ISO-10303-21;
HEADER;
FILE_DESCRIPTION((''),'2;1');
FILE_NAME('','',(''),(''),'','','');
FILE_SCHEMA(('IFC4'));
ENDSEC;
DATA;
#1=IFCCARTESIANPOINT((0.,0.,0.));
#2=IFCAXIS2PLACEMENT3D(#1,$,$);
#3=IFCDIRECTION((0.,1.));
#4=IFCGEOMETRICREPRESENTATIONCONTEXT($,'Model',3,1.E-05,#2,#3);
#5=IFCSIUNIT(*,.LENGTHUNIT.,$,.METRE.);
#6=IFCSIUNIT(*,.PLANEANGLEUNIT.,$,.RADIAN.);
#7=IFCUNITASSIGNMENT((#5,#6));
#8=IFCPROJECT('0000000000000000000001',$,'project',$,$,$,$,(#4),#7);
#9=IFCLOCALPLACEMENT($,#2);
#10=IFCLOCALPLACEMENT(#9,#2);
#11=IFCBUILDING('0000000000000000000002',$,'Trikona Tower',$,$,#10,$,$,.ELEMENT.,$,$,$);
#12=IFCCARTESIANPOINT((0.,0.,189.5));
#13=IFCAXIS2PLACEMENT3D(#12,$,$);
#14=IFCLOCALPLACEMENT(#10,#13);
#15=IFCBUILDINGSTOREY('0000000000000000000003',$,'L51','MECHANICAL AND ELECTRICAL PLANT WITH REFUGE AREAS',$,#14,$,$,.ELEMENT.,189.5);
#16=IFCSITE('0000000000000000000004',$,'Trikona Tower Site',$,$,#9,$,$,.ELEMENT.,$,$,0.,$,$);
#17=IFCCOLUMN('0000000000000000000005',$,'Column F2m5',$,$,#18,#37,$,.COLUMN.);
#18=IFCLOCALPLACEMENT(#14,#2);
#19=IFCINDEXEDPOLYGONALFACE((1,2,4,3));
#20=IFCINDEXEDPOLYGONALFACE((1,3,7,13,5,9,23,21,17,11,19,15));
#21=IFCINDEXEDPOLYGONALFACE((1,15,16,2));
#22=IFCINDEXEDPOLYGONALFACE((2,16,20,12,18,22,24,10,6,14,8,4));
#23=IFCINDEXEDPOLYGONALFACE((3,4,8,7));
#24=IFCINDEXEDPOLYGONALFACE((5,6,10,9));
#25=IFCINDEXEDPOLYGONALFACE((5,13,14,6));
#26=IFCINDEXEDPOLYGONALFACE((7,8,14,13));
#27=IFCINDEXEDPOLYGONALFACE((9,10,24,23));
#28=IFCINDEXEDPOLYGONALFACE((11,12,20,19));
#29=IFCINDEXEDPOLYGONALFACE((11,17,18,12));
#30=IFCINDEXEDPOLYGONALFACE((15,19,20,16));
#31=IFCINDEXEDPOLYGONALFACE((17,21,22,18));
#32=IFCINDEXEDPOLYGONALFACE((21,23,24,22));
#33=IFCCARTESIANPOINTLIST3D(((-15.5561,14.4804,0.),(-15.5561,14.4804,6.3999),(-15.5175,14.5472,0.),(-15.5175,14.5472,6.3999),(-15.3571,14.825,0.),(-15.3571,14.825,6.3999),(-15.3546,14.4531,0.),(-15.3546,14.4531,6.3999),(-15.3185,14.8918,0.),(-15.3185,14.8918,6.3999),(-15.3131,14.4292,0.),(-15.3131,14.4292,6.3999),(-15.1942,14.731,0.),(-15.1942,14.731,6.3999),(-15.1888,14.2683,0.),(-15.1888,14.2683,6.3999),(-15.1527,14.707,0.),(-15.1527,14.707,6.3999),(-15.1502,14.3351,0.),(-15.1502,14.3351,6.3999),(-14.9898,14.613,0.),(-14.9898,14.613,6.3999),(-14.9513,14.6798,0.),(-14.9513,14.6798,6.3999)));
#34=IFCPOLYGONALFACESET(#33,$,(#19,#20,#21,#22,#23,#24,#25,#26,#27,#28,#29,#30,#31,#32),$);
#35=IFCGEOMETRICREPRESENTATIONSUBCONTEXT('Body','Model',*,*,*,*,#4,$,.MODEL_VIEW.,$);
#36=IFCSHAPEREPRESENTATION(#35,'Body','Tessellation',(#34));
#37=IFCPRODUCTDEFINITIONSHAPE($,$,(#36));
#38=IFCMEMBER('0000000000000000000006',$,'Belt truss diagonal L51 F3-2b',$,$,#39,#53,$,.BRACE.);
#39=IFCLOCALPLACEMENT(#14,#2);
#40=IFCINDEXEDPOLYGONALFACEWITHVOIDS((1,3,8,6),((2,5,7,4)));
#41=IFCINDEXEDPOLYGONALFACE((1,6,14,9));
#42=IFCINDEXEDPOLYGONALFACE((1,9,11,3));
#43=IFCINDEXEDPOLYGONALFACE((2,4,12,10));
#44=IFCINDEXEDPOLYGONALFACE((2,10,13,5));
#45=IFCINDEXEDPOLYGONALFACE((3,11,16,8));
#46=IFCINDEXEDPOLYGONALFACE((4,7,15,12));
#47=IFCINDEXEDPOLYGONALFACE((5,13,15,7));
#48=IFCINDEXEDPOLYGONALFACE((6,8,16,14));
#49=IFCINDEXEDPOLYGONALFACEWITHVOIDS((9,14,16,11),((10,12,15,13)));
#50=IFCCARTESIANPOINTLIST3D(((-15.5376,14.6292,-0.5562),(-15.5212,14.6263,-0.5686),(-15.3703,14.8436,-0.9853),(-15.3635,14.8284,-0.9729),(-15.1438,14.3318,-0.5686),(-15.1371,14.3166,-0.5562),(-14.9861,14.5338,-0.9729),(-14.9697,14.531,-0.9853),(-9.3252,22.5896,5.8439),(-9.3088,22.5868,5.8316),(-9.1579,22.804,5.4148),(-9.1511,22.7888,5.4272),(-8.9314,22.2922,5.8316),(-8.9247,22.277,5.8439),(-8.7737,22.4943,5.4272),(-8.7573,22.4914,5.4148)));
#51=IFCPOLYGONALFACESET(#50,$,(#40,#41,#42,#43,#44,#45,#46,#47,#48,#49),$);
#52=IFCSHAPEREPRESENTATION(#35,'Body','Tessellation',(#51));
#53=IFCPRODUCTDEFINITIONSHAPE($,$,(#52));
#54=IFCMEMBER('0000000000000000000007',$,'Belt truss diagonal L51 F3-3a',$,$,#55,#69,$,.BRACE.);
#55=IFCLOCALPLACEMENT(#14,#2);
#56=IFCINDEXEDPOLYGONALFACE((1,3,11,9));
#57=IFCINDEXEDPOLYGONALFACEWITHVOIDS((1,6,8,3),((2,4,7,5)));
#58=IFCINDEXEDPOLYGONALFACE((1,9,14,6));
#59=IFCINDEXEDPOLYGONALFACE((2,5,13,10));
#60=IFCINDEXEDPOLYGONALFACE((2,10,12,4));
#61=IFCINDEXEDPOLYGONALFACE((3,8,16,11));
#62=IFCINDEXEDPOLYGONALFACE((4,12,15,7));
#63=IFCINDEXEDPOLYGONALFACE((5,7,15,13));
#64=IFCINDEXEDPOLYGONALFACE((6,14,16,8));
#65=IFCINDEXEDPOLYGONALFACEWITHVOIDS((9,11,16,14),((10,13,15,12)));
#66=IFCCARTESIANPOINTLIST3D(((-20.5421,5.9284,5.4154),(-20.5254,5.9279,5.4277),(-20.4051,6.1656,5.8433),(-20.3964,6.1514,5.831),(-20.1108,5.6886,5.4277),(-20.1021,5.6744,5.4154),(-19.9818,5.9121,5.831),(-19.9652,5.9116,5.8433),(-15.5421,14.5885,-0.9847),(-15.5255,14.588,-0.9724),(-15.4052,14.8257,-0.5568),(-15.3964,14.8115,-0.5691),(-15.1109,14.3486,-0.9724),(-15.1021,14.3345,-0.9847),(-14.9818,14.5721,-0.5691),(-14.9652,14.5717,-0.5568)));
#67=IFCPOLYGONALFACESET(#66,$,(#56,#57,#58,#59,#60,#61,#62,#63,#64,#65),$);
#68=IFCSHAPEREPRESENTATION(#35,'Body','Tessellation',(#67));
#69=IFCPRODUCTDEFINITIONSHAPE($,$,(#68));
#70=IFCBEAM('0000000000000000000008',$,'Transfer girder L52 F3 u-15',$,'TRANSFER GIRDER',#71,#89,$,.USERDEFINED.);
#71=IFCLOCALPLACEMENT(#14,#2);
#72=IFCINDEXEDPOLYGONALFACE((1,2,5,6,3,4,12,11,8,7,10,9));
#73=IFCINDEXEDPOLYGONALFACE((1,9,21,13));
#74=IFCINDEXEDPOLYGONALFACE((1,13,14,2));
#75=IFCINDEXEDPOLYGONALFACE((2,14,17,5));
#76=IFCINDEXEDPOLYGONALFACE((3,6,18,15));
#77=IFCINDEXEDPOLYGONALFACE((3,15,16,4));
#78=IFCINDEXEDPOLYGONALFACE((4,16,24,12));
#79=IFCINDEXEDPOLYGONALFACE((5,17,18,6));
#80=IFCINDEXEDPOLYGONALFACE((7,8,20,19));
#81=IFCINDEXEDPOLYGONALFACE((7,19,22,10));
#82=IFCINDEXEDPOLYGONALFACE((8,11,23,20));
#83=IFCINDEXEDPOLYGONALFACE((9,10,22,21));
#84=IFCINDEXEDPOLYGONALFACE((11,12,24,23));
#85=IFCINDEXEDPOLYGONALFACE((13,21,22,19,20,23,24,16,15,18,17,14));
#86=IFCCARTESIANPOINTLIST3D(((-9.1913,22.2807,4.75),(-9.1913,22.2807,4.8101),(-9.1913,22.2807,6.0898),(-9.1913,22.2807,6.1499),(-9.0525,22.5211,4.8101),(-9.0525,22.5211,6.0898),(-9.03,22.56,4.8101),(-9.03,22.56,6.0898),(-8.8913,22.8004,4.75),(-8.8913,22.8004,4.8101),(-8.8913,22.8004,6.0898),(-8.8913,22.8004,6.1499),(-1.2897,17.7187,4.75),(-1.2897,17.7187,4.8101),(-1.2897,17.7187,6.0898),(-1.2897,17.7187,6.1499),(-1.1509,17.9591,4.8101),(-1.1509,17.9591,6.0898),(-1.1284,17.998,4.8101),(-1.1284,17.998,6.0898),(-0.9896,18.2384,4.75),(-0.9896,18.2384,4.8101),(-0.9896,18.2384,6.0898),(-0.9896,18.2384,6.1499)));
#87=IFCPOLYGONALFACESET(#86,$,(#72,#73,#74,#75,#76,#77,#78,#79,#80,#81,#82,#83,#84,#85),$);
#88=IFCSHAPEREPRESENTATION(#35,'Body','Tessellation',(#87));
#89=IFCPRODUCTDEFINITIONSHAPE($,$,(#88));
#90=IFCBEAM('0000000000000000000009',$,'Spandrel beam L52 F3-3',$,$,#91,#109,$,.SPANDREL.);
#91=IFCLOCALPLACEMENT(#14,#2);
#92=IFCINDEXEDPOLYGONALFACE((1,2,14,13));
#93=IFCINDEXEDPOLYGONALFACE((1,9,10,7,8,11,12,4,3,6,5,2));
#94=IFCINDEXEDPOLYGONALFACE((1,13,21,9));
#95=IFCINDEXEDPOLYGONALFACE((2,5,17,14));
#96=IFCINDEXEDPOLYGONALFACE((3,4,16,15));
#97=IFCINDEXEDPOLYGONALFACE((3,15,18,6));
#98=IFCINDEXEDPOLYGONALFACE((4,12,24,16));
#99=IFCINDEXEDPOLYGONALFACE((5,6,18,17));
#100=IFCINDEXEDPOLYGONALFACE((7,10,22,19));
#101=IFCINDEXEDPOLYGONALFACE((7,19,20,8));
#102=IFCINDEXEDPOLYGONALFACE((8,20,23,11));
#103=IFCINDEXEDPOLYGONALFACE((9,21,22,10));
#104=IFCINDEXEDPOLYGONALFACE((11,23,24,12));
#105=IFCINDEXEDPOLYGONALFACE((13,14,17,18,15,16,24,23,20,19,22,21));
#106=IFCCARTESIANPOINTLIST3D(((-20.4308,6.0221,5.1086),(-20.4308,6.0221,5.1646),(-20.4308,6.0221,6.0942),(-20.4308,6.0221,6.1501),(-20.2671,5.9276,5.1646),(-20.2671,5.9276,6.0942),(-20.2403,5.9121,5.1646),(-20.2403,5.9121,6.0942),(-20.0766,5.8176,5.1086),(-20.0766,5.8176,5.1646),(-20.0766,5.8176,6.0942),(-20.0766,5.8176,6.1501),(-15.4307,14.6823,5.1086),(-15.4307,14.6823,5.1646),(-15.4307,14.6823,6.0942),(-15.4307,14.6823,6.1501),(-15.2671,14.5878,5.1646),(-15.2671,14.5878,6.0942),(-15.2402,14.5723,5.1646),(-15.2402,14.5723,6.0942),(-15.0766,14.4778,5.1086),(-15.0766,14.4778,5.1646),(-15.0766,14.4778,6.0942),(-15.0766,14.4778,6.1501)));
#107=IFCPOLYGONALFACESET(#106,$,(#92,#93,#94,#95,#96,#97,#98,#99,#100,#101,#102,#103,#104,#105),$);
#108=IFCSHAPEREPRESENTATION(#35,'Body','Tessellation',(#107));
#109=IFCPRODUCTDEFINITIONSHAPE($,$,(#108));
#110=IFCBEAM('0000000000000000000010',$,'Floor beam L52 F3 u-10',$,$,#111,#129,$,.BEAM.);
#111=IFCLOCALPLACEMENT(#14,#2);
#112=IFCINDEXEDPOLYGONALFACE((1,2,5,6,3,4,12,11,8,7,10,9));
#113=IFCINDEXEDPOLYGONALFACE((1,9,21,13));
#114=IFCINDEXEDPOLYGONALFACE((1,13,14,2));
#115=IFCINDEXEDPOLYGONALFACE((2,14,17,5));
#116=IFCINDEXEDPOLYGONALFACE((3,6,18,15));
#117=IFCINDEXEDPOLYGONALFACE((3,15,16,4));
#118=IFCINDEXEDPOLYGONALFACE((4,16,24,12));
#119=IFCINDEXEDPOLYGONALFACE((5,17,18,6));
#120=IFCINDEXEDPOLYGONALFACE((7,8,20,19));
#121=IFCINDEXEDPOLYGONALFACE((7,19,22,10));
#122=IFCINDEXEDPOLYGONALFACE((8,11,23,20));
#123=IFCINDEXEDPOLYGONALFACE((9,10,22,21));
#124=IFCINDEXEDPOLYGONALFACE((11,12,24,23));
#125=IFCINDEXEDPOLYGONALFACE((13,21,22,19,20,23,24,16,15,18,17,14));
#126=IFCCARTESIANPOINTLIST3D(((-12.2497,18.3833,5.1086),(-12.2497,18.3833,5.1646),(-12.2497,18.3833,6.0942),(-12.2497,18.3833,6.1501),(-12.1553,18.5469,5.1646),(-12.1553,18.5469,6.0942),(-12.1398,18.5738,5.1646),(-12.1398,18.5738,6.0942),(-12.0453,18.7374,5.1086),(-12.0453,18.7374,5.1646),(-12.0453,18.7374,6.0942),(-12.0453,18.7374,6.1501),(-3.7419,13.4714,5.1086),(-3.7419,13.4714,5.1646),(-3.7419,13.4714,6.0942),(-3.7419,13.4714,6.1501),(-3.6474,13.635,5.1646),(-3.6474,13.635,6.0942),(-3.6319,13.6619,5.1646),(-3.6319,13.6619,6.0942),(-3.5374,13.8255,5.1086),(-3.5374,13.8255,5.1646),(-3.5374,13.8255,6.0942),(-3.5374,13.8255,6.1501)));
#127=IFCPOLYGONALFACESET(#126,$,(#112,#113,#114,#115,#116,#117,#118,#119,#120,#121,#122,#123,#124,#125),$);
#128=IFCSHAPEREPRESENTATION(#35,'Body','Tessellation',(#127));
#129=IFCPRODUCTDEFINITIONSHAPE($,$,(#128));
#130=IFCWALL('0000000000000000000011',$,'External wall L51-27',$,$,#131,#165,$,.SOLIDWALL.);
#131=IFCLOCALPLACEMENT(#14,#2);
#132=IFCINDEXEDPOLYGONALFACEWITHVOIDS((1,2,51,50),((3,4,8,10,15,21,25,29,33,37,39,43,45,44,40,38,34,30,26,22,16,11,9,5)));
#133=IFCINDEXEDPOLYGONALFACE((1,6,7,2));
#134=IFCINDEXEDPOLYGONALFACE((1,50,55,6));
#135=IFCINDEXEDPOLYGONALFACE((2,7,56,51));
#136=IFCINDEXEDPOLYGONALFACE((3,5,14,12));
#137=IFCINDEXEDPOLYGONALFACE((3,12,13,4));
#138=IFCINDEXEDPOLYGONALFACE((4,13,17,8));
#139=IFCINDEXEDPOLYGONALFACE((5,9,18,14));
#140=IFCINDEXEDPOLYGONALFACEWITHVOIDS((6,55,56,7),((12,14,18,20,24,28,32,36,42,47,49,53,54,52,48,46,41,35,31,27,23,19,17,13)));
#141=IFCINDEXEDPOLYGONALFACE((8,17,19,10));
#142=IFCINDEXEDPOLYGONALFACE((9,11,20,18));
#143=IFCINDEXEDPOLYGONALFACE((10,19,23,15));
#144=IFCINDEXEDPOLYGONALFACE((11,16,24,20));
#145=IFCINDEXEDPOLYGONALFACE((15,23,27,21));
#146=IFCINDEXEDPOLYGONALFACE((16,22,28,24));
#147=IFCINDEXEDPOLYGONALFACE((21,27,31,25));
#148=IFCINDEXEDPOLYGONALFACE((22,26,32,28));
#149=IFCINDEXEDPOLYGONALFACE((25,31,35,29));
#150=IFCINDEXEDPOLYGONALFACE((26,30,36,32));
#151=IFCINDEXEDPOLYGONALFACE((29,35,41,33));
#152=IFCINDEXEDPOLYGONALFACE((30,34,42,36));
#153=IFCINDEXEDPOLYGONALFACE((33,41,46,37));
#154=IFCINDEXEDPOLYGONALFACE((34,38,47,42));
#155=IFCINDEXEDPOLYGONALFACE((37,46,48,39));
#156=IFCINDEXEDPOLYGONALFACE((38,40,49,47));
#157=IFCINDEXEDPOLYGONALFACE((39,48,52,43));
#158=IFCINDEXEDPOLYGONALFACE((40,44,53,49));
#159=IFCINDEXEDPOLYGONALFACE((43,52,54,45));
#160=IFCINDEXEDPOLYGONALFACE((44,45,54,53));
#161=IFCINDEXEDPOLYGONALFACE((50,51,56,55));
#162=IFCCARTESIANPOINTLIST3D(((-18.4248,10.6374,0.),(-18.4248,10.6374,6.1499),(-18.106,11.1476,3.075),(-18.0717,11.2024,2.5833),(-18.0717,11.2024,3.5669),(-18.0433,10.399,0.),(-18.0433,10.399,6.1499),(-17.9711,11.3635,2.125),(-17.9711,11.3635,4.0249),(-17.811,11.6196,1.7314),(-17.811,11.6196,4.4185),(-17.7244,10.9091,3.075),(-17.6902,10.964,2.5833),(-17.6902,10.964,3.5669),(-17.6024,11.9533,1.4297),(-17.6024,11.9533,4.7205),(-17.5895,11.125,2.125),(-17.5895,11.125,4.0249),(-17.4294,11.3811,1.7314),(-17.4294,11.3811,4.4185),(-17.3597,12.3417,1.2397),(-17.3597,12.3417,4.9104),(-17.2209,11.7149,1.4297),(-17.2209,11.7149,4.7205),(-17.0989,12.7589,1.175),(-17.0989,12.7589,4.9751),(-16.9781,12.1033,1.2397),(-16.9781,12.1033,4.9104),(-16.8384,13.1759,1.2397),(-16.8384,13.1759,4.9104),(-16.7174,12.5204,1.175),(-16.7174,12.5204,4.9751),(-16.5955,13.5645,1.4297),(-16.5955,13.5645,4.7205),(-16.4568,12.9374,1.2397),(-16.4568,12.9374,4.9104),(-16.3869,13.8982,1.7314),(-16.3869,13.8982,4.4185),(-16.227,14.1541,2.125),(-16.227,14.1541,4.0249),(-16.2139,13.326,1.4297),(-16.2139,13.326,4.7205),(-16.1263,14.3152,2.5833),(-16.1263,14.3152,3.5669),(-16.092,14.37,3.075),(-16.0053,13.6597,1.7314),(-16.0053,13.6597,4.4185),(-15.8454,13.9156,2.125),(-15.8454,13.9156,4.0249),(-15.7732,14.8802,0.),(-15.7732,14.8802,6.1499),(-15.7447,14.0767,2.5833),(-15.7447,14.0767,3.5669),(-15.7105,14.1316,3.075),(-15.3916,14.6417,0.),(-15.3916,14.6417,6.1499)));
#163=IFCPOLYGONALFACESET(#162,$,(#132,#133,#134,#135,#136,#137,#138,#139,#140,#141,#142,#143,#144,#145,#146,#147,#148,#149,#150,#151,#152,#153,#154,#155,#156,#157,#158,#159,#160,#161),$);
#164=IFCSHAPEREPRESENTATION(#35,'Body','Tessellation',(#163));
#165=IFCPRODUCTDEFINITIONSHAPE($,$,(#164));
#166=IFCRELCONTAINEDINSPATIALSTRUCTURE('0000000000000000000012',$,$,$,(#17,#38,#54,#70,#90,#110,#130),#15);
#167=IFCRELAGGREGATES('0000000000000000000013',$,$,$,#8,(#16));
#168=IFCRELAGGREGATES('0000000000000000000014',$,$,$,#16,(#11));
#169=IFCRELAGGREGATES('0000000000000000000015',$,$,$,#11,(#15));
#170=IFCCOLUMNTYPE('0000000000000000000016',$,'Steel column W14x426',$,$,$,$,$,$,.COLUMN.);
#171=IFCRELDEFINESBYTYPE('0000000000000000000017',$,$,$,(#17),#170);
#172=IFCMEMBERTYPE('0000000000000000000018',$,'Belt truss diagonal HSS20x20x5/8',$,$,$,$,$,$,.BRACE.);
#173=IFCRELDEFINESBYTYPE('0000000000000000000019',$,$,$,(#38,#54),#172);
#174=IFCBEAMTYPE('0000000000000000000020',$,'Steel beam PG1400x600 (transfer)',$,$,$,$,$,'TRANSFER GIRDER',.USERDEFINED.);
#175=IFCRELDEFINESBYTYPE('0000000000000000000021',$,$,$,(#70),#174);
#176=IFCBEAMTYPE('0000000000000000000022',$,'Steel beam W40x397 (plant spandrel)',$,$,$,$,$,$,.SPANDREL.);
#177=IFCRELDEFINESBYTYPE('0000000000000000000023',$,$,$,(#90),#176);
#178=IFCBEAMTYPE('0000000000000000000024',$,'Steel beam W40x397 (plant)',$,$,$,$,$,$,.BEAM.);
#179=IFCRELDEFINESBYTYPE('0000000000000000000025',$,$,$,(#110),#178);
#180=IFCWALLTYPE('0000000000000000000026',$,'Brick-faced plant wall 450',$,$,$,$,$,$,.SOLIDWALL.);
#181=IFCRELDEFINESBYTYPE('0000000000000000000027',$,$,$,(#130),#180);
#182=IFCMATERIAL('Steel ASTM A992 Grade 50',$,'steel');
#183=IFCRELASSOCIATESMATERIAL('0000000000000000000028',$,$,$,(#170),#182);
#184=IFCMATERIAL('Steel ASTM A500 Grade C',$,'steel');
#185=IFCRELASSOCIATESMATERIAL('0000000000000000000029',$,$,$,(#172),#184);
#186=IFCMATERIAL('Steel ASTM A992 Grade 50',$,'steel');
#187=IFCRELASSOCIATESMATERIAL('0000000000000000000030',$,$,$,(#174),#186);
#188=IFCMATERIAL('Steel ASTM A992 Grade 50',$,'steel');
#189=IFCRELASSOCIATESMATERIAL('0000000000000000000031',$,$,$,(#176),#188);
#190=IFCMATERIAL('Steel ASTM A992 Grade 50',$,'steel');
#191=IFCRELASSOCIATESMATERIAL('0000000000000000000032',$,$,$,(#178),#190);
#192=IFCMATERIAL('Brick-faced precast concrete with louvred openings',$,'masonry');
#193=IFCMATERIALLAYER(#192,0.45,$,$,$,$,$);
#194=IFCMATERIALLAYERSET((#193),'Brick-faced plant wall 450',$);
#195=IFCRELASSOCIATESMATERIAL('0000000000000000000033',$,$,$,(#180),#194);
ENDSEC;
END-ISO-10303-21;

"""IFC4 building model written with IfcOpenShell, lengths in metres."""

from ifc_helpers import new_model, si_unit, direction, frame, origin, origin_2d, place, context, subcontext, project, spatial, polyline, hollow_rectangle, i_section, outline, extrude, material, layer, layer_set, material_profile, profile_set, type_object, element, save


model = new_model("IFC4")

# Units and contexts
model_context = context("Model", 3, precision=1e-05, world=origin(), true_north=direction((0.0, 1.0)))
body_context = subcontext(model_context, "Body", "Model", "MODEL_VIEW")
ifc_project = project(units=[si_unit("LENGTHUNIT", "METRE"), si_unit("PLANEANGLEUNIT", "RADIAN")], contexts=[model_context])

# Site, building, storey
site_placement = place(None, origin())
site = spatial("IfcSite", under=ifc_project, at=site_placement, Name="Trikona Tower Site", CompositionType="ELEMENT", RefElevation=0.0)
building_placement = place(site_placement, origin())
building = spatial("IfcBuilding", under=site, at=building_placement, Name="Trikona Tower", CompositionType="ELEMENT")
storey_placement = place(building_placement, frame((0.0, 0.0, 189.5)))
storey = spatial("IfcBuildingStorey", under=building, at=storey_placement, Name="L51", Description="MECHANICAL AND ELECTRICAL PLANT WITH REFUGE AREAS", CompositionType="ELEMENT", Elevation=189.5)

# Column
ifc_material_1 = material(Name="Steel ASTM A992 Grade 50", Category="steel")
ifc_material_profile_1 = material_profile(ifc_material_1, i_section(OverallWidth=0.4241, OverallDepth=0.4751, WebThickness=0.0479, FlangeThickness=0.0771, at=origin_2d()), Name="W14X426")
ifc_profile_set_1 = profile_set([ifc_material_profile_1], Name="Steel ASTM A992 Grade 50")
column_type = type_object("IfcColumnType", Name="Steel column W14x426", PredefinedType="COLUMN", material=ifc_profile_set_1)
column_placement = place(storey_placement, frame((-15.2537, 14.5801, 0.0), z_axis=(0.0, 0.0, 1.0), x_axis=(-0.866025, 0.5, 0.0)))
element("IfcColumn", 1, at=column_placement, inside=storey, type_object=column_type, Name="Column F2m5", PredefinedType="COLUMN", context=body_context, shape_type="SweptSolid", body=[
    extrude(i_section(OverallWidth=0.4241, OverallDepth=0.4751, WebThickness=0.0479, FlangeThickness=0.0771, at=origin_2d()), origin(), (0.0, 0.0, 1.0), 6.3999),
])

# Members
ifc_material_2 = material(Name="Steel ASTM A500 Grade C", Category="steel")
ifc_material_profile_2 = material_profile(ifc_material_2, hollow_rectangle(XDim=0.5081, YDim=0.5081, WallThickness=0.0146, at=origin_2d()), Name="HSS20X20X5/8")
ifc_profile_set_2 = profile_set([ifc_material_profile_2], Name="Steel ASTM A500 Grade C")
member_type = type_object("IfcMemberType", Name="Belt truss diagonal HSS20x20x5/8", PredefinedType="BRACE", material=ifc_profile_set_2)
member_1_placement = place(storey_placement, frame((-15.2537, 14.5801, -0.7708), z_axis=(0.519644, 0.665862, 0.535348), x_axis=(-0.788346, 0.615232, 0.0)))
element("IfcMember", 2, at=member_1_placement, inside=storey, type_object=member_type, Name="Belt truss diagonal L51 F3-2b", PredefinedType="BRACE", context=body_context, shape_type="SweptSolid", body=[
    extrude(hollow_rectangle(XDim=0.5081, YDim=0.5081, WallThickness=0.0146, at=origin_2d()), origin(), (0.0, 0.0, 1.0), 11.9551),
])
member_2_placement = place(storey_placement, frame((-15.2537, 14.5801, -0.7708), z_axis=(-0.421135, -0.72942, 0.539066), x_axis=(0.866023, -0.500004, 0.0)))
element("IfcMember", 3, at=member_2_placement, inside=storey, type_object=member_type, Name="Belt truss diagonal L51 F3-3a", PredefinedType="BRACE", context=body_context, shape_type="SweptSolid", body=[
    extrude(hollow_rectangle(XDim=0.5081, YDim=0.5081, WallThickness=0.0146, at=origin_2d()), origin(), (0.0, 0.0, 1.0), 11.8726),
])

# Beams
ifc_material_3 = material(Name="Steel ASTM A992 Grade 50", Category="steel")
ifc_material_profile_3 = material_profile(ifc_material_3, i_section(OverallWidth=0.6001, OverallDepth=1.3999, WebThickness=0.0449, FlangeThickness=0.0601, at=origin_2d()), Name="PG1400X600")
ifc_profile_set_3 = profile_set([ifc_material_profile_3], Name="Steel ASTM A992 Grade 50")
beam_type_1 = type_object("IfcBeamType", Name="Steel beam PG1400x600 (transfer)", ElementType="TRANSFER GIRDER", PredefinedType="USERDEFINED", material=ifc_profile_set_3)
beam_1_placement = place(storey_placement, frame((-1.1396, 17.9785, 5.45), z_axis=(-0.866025, 0.500001, 0.0), x_axis=(-0.500001, -0.866025, 0.0)))
element("IfcBeam", 4, at=beam_1_placement, inside=storey, type_object=beam_type_1, Name="Transfer girder L52 F3 u-15", ObjectType="TRANSFER GIRDER", PredefinedType="USERDEFINED", context=body_context, shape_type="SweptSolid", body=[
    extrude(i_section(OverallWidth=0.6001, OverallDepth=1.3999, WebThickness=0.0449, FlangeThickness=0.0601, at=origin_2d()), origin(), (0.0, 0.0, 1.0), 9.124),
])
ifc_material_4 = material(Name="Steel ASTM A992 Grade 50", Category="steel")
ifc_material_profile_4 = material_profile(ifc_material_4, i_section(OverallWidth=0.4089, OverallDepth=1.0415, WebThickness=0.031, FlangeThickness=0.0559, at=origin_2d()), Name="W40X397")
ifc_profile_set_4 = profile_set([ifc_material_profile_4], Name="Steel ASTM A992 Grade 50")
beam_type_2 = type_object("IfcBeamType", Name="Steel beam W40x397 (plant spandrel)", PredefinedType="SPANDREL", material=ifc_profile_set_4)
beam_2_placement = place(storey_placement, frame((-15.2537, 14.5801, 5.6294), z_axis=(-0.500004, -0.866023, 0.0), x_axis=(0.866023, -0.500004, 0.0)))
element("IfcBeam", 5, at=beam_2_placement, inside=storey, type_object=beam_type_2, Name="Spandrel beam L52 F3-3", PredefinedType="SPANDREL", context=body_context, shape_type="SweptSolid", body=[
    extrude(i_section(OverallWidth=0.4089, OverallDepth=1.0415, WebThickness=0.031, FlangeThickness=0.0559, at=origin_2d()), origin(), (0.0, 0.0, 1.0), 10.0),
])
ifc_material_5 = material(Name="Steel ASTM A992 Grade 50", Category="steel")
ifc_material_profile_5 = material_profile(ifc_material_5, i_section(OverallWidth=0.4089, OverallDepth=1.0415, WebThickness=0.031, FlangeThickness=0.0559, at=origin_2d()), Name="W40X397")
ifc_profile_set_5 = profile_set([ifc_material_profile_5], Name="Steel ASTM A992 Grade 50")
beam_type_3 = type_object("IfcBeamType", Name="Steel beam W40x397 (plant)", PredefinedType="BEAM", material=ifc_profile_set_5)
beam_3_placement = place(storey_placement, frame((-3.6396, 13.6484, 5.6294), z_axis=(-0.866031, 0.499991, 0.0), x_axis=(-0.499991, -0.866031, 0.0)))
element("IfcBeam", 6, at=beam_3_placement, inside=storey, type_object=beam_type_3, Name="Floor beam L52 F3 u-10", PredefinedType="BEAM", context=body_context, shape_type="SweptSolid", body=[
    extrude(i_section(OverallWidth=0.4089, OverallDepth=1.0415, WebThickness=0.031, FlangeThickness=0.0559, at=origin_2d()), origin(), (0.0, 0.0, 1.0), 9.824),
])

# Wall
ifc_material_6 = material(Name="Brick-faced precast concrete with louvred openings", Category="masonry")
ifc_layer_1 = layer(ifc_material_6, 0.45)
ifc_layer_set_1 = layer_set([ifc_layer_1], Name="Brick-faced plant wall 450")
wall_type_1 = type_object("IfcWallType", Name="Brick-faced plant wall 450", PredefinedType="SOLIDWALL", material=ifc_layer_set_1)
wall_1_placement = place(storey_placement, frame((-15.5825, 14.761, 0.0), z_axis=(0.0, 0.0, 1.0), x_axis=(-0.52999, -0.848004, 0.0)))
element("IfcWall", 7, at=wall_1_placement, inside=storey, type_object=wall_type_1, Name="External wall L51-27", PredefinedType="SOLIDWALL", context=body_context, shape_type="SweptSolid", body=[
    extrude(outline(polyline([(0.0, 0.0), (5.0032, 0.0), (5.0032, 6.1499), (0.0, 6.1499), (0.0, 0.0)]), holes=[polyline([(4.4016, 3.075), (4.3369, 3.5669), (4.147, 4.0249), (3.845, 4.4185), (3.4514, 4.7205), (2.9934, 4.9104), (2.5015, 4.9751), (2.0098, 4.9104), (1.5515, 4.7205), (1.158, 4.4185), (0.8562, 4.0249), (0.6663, 3.5669), (0.6016, 3.075), (0.6663, 2.5833), (0.8562, 2.125), (1.158, 1.7314), (1.5515, 1.4297), (2.0098, 1.2397), (2.5015, 1.175), (2.9934, 1.2397), (3.4514, 1.4297), (3.845, 1.7314), (4.147, 2.125), (4.3369, 2.5833), (4.4016, 3.075)])]), frame((0.0, 0.2251, 0.0), z_axis=(0.0, -1.0, 0.0), x_axis=(1.0, 0.0, 0.0)), (0.0, 0.0, 1.0), 0.45),
])

save(model, "model.ifc")
